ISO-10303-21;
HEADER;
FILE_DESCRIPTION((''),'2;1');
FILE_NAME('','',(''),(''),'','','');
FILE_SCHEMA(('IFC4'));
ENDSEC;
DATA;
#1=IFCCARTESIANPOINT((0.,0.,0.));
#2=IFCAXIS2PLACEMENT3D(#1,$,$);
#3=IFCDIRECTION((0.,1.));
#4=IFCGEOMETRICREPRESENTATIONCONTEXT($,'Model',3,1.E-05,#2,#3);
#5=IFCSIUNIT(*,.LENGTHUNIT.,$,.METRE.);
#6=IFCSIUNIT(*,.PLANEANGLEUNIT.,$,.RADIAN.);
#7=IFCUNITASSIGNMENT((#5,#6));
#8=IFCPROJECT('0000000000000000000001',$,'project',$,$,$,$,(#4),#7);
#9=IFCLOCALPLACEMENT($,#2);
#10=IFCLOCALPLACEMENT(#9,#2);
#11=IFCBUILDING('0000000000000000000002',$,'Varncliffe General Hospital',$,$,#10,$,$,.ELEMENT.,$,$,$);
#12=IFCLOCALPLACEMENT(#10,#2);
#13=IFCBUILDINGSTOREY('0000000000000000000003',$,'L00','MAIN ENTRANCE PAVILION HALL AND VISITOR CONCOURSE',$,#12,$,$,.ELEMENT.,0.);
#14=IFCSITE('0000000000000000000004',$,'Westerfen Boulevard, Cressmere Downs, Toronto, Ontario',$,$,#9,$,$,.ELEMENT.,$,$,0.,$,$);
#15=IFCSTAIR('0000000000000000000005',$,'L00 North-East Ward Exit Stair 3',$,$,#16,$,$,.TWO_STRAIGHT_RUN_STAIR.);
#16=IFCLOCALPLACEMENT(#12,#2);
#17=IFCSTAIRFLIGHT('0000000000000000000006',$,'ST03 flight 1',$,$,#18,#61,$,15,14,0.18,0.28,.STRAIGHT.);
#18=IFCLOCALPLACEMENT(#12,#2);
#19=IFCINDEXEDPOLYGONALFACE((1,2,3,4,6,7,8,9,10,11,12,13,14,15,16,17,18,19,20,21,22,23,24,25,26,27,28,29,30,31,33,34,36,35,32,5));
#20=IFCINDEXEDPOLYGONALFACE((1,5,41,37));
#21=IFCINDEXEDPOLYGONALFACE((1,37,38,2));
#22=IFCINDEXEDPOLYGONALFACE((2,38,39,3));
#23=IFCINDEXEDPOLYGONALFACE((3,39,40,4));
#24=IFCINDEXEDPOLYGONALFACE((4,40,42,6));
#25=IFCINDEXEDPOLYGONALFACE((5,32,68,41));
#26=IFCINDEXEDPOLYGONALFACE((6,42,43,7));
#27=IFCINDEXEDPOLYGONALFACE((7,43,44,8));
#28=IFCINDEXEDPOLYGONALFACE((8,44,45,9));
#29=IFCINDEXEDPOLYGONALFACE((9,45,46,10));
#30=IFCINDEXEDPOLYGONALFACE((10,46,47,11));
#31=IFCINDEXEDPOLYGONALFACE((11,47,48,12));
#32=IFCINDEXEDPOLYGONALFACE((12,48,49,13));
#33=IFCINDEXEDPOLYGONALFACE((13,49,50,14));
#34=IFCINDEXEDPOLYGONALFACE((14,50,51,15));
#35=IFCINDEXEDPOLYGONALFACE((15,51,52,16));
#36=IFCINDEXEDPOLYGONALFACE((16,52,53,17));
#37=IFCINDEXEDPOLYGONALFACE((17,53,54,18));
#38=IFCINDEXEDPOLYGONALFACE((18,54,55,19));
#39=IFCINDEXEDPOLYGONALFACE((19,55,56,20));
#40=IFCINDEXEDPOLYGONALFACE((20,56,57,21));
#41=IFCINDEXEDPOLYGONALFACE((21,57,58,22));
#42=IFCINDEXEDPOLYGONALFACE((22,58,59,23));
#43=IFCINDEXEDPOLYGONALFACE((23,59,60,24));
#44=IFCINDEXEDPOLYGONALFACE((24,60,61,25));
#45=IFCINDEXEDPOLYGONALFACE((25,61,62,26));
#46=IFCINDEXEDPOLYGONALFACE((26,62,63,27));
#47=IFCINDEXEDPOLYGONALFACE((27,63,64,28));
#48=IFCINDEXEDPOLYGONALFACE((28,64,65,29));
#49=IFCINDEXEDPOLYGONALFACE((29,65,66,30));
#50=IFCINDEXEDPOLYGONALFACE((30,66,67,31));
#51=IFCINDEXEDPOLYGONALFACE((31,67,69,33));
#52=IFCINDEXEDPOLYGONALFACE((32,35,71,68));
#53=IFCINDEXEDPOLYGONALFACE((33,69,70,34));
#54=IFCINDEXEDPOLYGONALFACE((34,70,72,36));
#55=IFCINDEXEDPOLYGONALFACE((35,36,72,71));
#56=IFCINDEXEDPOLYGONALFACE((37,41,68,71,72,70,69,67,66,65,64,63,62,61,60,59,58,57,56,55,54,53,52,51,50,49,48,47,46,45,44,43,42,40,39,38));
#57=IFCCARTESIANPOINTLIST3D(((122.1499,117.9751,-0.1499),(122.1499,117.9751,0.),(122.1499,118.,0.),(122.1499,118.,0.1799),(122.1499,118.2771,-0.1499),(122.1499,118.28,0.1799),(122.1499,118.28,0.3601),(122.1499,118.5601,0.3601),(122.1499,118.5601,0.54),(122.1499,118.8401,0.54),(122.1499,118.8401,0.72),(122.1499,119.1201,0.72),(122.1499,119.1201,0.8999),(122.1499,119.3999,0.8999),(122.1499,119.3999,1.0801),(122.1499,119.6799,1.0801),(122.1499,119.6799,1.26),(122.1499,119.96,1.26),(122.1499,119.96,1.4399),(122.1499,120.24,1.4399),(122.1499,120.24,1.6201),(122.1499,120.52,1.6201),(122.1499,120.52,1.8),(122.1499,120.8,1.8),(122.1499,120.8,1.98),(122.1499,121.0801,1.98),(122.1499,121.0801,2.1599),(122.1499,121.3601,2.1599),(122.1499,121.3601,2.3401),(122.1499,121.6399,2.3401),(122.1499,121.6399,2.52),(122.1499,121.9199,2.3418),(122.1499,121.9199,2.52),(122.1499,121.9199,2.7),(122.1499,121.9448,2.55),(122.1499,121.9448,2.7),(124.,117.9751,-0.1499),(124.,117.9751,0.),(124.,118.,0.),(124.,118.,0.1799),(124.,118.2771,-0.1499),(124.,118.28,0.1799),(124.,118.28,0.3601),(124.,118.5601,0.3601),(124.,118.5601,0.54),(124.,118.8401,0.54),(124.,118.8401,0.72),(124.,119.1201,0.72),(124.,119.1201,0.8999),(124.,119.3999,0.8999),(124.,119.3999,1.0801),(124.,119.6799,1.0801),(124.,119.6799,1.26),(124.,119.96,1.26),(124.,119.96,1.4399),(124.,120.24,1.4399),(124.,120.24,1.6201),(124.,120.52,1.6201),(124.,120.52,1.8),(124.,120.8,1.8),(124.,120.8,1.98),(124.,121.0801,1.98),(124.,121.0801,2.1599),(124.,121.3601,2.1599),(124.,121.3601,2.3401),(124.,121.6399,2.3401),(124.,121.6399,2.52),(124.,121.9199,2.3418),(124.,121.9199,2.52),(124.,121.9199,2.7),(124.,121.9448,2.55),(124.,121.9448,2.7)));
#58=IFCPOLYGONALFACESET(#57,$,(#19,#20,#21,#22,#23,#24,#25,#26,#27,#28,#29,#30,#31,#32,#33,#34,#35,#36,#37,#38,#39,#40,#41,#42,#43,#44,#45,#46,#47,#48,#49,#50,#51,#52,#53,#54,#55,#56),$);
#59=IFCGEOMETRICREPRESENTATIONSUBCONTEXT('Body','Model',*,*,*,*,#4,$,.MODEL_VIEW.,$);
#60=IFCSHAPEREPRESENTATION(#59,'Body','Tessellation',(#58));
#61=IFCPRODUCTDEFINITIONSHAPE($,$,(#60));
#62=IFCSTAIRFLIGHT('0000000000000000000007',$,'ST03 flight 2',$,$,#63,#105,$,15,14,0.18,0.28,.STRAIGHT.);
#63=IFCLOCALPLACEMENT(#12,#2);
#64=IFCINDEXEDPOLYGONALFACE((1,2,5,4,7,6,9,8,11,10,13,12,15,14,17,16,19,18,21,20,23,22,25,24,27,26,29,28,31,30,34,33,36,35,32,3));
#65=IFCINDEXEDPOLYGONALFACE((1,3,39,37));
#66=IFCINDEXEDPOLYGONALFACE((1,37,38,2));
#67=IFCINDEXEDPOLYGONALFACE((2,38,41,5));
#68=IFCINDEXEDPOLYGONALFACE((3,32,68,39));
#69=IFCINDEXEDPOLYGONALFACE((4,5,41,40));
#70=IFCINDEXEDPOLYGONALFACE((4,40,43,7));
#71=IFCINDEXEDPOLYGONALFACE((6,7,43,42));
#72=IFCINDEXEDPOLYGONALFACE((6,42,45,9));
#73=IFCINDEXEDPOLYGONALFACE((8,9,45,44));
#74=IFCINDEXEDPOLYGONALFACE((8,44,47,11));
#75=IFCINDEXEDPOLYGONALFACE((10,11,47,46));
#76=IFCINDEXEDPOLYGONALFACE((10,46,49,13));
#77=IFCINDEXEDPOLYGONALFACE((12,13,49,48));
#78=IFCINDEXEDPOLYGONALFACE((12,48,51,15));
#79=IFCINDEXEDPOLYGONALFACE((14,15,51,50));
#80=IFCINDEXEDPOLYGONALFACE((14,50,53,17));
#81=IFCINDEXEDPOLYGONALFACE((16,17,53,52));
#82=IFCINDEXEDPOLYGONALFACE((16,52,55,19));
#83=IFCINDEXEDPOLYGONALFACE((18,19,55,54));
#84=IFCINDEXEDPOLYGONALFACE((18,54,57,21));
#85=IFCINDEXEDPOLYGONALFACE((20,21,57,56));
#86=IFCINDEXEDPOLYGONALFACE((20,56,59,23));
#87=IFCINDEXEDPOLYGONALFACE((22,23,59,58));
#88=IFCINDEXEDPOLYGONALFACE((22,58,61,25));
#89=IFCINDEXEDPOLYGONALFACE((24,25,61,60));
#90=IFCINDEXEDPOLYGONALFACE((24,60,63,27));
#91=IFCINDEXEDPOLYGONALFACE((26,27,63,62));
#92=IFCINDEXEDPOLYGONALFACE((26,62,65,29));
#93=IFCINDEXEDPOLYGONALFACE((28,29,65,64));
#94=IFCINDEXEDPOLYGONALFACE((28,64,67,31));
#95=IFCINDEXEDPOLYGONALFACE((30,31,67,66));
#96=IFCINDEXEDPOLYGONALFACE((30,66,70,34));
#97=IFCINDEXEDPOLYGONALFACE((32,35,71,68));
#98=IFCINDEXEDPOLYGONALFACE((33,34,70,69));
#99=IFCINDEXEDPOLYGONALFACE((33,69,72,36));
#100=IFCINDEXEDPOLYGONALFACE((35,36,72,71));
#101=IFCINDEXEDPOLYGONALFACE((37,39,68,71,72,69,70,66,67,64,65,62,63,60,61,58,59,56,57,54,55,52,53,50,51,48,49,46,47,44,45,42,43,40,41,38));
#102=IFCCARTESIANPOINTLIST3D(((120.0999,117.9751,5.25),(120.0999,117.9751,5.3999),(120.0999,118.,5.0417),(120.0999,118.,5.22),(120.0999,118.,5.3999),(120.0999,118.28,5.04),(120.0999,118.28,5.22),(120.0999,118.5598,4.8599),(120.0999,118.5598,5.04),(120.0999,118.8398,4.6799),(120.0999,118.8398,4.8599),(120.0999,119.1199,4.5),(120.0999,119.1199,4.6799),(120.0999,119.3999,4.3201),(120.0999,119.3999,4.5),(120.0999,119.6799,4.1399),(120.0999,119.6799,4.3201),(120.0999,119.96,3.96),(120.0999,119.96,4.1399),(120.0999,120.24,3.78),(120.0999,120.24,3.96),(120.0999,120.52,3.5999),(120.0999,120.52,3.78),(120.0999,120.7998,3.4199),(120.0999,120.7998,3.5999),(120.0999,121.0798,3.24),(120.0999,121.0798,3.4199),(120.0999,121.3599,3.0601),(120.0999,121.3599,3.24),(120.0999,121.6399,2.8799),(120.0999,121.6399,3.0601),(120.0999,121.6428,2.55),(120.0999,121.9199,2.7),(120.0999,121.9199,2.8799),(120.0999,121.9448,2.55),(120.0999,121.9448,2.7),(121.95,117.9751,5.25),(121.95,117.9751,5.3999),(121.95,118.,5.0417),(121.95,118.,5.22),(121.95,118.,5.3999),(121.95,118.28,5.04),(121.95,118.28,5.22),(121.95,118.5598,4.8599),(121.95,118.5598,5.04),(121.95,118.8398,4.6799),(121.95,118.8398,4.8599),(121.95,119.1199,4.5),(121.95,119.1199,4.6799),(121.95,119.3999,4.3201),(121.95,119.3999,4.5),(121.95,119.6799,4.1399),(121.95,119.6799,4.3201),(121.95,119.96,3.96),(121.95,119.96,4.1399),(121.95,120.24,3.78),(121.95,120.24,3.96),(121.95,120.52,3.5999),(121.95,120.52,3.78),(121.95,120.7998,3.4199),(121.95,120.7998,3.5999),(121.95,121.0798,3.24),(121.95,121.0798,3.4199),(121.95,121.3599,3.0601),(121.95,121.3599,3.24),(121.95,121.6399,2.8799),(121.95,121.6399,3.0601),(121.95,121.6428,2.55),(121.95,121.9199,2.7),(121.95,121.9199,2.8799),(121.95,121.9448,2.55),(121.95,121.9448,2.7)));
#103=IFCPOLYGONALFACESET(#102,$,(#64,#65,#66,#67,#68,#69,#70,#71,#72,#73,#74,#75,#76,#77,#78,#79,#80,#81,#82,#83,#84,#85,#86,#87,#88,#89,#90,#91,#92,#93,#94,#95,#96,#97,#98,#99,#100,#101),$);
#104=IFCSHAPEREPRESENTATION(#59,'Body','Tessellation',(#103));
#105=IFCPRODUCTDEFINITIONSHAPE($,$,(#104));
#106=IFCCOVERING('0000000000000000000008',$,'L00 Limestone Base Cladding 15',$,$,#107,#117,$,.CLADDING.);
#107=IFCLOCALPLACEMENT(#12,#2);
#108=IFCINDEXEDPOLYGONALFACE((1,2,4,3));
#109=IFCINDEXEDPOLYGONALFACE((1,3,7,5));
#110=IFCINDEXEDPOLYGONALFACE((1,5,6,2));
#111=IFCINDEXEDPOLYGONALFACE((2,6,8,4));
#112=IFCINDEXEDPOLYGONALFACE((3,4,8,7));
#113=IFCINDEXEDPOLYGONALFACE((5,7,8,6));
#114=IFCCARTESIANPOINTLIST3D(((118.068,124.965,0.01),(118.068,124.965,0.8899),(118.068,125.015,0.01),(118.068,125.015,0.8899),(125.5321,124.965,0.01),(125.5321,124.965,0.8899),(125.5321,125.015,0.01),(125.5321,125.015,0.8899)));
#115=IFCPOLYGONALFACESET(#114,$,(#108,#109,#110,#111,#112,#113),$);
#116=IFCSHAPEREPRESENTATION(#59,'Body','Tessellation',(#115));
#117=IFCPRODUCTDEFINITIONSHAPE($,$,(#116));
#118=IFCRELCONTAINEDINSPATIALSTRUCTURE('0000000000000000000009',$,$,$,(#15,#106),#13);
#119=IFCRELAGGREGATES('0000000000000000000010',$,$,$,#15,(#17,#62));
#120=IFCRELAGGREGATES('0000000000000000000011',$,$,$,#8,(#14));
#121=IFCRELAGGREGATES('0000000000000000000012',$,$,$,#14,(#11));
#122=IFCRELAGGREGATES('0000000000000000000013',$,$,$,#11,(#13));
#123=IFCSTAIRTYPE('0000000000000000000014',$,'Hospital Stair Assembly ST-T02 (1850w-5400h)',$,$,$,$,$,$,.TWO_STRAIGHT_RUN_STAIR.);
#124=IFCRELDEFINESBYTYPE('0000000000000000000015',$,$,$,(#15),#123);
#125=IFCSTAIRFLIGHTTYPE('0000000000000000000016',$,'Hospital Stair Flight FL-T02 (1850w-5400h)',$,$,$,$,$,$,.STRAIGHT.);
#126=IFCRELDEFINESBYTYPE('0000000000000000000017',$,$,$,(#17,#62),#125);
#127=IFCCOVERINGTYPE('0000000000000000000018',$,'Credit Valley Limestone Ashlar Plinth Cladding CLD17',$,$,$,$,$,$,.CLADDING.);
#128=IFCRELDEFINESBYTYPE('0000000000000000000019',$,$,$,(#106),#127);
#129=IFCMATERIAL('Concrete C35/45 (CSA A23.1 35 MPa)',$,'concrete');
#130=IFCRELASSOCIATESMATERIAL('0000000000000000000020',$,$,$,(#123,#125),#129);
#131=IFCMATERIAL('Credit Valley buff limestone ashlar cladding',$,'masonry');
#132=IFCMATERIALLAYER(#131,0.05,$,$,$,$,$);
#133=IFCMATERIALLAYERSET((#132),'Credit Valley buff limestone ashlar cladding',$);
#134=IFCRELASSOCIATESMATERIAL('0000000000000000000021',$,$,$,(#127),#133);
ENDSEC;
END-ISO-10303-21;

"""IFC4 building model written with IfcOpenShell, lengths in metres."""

from ifc_helpers import new_model, si_unit, direction, frame, origin, origin_2d, place, context, subcontext, project, spatial, polyline, rectangle, outline, extrude, material, layer, layer_set, type_object, element, aggregate, save


model = new_model("IFC4")

# Units and contexts
model_context = context("Model", 3, precision=1e-05, world=origin(), true_north=direction((0.0, 1.0)))
body_context = subcontext(model_context, "Body", "Model", "MODEL_VIEW")
ifc_project = project(units=[si_unit("LENGTHUNIT", "METRE"), si_unit("PLANEANGLEUNIT", "RADIAN")], contexts=[model_context])

# Site, building, storey
site_placement = place(None, origin())
site = spatial("IfcSite", under=ifc_project, at=site_placement, Name="Westerfen Boulevard, Cressmere Downs, Toronto, Ontario", CompositionType="ELEMENT", RefElevation=0.0)
building_placement = place(site_placement, origin())
building = spatial("IfcBuilding", under=site, at=building_placement, Name="Varncliffe General Hospital", CompositionType="ELEMENT")
storey_placement = place(building_placement, origin())
storey = spatial("IfcBuildingStorey", under=building, at=storey_placement, Name="L00", Description="MAIN ENTRANCE PAVILION HALL AND VISITOR CONCOURSE", CompositionType="ELEMENT", Elevation=0.0)

# Shared definitions
ifc_material_1 = material(Name="Concrete C35/45 (CSA A23.1 35 MPa)", Category="concrete")

# Stair, stair flights
stair_type = type_object("IfcStairType", Name="Hospital Stair Assembly ST-T02 (1850w-5400h)", PredefinedType="TWO_STRAIGHT_RUN_STAIR", material=ifc_material_1)
stair_placement = place(storey_placement, origin())
stair = element("IfcStair", 1, at=stair_placement, inside=storey, type_object=stair_type, Name="L00 North-East Ward Exit Stair 3", PredefinedType="TWO_STRAIGHT_RUN_STAIR")
stair_flight_type = type_object("IfcStairFlightType", Name="Hospital Stair Flight FL-T02 (1850w-5400h)", PredefinedType="STRAIGHT", material=ifc_material_1)
stair_flight_1_placement = place(storey_placement, frame((123.075, 118.0, 0.0), z_axis=(0.0, 0.0, 1.0), x_axis=(0.0, 1.0, 0.0)))
stair_flight_1 = element("IfcStairFlight", 2, at=stair_flight_1_placement, type_object=stair_flight_type, Name="ST03 flight 1", NumberOfRisers=15, NumberOfTreads=14, PredefinedType="STRAIGHT", RiserHeight=0.18, TreadLength=0.28, context=body_context, shape_type="SweptSolid", body=[
    extrude(outline(polyline([(-0.0249, -0.1499), (-0.0249, 0.0), (0.0, 0.0), (0.0, 0.1799), (0.28, 0.1799), (0.28, 0.3601), (0.5601, 0.3601), (0.5601, 0.54), (0.8401, 0.54), (0.8401, 0.72), (1.1201, 0.72), (1.1201, 0.8999), (1.3999, 0.8999), (1.3999, 1.0801), (1.6799, 1.0801), (1.6799, 1.26), (1.96, 1.26), (1.96, 1.4399), (2.24, 1.4399), (2.24, 1.6201), (2.52, 1.6201), (2.52, 1.8), (2.8, 1.8), (2.8, 1.98), (3.0801, 1.98), (3.0801, 2.1599), (3.3601, 2.1599), (3.3601, 2.3401), (3.6399, 2.3401), (3.6399, 2.52), (3.9199, 2.52), (3.9199, 2.7), (3.9448, 2.7), (3.9448, 2.55), (3.9199, 2.3418), (0.2771, -0.1499), (-0.0249, -0.1499)])), frame((0.0, 0.925, 0.0), z_axis=(0.0, -1.0, 0.0), x_axis=(1.0, 0.0, 0.0)), (0.0, 0.0, 1.0), 1.8501),
])
stair_flight_2_placement = place(storey_placement, frame((121.0249, 121.9199, 2.7), z_axis=(0.0, 0.0, 1.0), x_axis=(0.0, -1.0, 0.0)))
stair_flight_2 = element("IfcStairFlight", 3, at=stair_flight_2_placement, type_object=stair_flight_type, Name="ST03 flight 2", NumberOfRisers=15, NumberOfTreads=14, PredefinedType="STRAIGHT", RiserHeight=0.18, TreadLength=0.28, context=body_context, shape_type="SweptSolid", body=[
    extrude(outline(polyline([(-0.0249, -0.1499), (-0.0249, 0.0), (0.0, 0.0), (0.0, 0.1799), (0.28, 0.1799), (0.28, 0.3601), (0.5601, 0.3601), (0.5601, 0.54), (0.8401, 0.54), (0.8401, 0.72), (1.1201, 0.72), (1.1201, 0.8999), (1.3999, 0.8999), (1.3999, 1.0801), (1.6799, 1.0801), (1.6799, 1.26), (1.96, 1.26), (1.96, 1.4399), (2.24, 1.4399), (2.24, 1.6201), (2.52, 1.6201), (2.52, 1.8), (2.8, 1.8), (2.8, 1.98), (3.0801, 1.98), (3.0801, 2.1599), (3.3601, 2.1599), (3.3601, 2.3401), (3.6399, 2.3401), (3.6399, 2.52), (3.9199, 2.52), (3.9199, 2.7), (3.9448, 2.7), (3.9448, 2.55), (3.9199, 2.3418), (0.2771, -0.1499), (-0.0249, -0.1499)])), frame((0.0, 0.925, 0.0), z_axis=(0.0, -1.0, 0.0), x_axis=(1.0, 0.0, 0.0)), (0.0, 0.0, 1.0), 1.8501),
])
aggregate(stair, [stair_flight_1, stair_flight_2])

# Covering
ifc_material_2 = material(Name="Credit Valley buff limestone ashlar cladding", Category="masonry")
ifc_layer_1 = layer(ifc_material_2, 0.05)
ifc_layer_set_1 = layer_set([ifc_layer_1], Name="Credit Valley buff limestone ashlar cladding")
covering_type = type_object("IfcCoveringType", Name="Credit Valley Limestone Ashlar Plinth Cladding CLD17", PredefinedType="CLADDING", material=ifc_layer_set_1)
covering_placement = place(storey_placement, frame((121.8, 124.99, 0.01), z_axis=(0.0, 0.0, 1.0), x_axis=(1.0, 0.0, 0.0)))
element("IfcCovering", 4, at=covering_placement, inside=storey, type_object=covering_type, Name="L00 Limestone Base Cladding 15", PredefinedType="CLADDING", context=body_context, shape_type="SweptSolid", body=[
    extrude(rectangle(XDim=7.4641, YDim=0.05, at=origin_2d()), origin(), (0.0, 0.0, 1.0), 0.8799),
])

save(model, "model.ifc")
